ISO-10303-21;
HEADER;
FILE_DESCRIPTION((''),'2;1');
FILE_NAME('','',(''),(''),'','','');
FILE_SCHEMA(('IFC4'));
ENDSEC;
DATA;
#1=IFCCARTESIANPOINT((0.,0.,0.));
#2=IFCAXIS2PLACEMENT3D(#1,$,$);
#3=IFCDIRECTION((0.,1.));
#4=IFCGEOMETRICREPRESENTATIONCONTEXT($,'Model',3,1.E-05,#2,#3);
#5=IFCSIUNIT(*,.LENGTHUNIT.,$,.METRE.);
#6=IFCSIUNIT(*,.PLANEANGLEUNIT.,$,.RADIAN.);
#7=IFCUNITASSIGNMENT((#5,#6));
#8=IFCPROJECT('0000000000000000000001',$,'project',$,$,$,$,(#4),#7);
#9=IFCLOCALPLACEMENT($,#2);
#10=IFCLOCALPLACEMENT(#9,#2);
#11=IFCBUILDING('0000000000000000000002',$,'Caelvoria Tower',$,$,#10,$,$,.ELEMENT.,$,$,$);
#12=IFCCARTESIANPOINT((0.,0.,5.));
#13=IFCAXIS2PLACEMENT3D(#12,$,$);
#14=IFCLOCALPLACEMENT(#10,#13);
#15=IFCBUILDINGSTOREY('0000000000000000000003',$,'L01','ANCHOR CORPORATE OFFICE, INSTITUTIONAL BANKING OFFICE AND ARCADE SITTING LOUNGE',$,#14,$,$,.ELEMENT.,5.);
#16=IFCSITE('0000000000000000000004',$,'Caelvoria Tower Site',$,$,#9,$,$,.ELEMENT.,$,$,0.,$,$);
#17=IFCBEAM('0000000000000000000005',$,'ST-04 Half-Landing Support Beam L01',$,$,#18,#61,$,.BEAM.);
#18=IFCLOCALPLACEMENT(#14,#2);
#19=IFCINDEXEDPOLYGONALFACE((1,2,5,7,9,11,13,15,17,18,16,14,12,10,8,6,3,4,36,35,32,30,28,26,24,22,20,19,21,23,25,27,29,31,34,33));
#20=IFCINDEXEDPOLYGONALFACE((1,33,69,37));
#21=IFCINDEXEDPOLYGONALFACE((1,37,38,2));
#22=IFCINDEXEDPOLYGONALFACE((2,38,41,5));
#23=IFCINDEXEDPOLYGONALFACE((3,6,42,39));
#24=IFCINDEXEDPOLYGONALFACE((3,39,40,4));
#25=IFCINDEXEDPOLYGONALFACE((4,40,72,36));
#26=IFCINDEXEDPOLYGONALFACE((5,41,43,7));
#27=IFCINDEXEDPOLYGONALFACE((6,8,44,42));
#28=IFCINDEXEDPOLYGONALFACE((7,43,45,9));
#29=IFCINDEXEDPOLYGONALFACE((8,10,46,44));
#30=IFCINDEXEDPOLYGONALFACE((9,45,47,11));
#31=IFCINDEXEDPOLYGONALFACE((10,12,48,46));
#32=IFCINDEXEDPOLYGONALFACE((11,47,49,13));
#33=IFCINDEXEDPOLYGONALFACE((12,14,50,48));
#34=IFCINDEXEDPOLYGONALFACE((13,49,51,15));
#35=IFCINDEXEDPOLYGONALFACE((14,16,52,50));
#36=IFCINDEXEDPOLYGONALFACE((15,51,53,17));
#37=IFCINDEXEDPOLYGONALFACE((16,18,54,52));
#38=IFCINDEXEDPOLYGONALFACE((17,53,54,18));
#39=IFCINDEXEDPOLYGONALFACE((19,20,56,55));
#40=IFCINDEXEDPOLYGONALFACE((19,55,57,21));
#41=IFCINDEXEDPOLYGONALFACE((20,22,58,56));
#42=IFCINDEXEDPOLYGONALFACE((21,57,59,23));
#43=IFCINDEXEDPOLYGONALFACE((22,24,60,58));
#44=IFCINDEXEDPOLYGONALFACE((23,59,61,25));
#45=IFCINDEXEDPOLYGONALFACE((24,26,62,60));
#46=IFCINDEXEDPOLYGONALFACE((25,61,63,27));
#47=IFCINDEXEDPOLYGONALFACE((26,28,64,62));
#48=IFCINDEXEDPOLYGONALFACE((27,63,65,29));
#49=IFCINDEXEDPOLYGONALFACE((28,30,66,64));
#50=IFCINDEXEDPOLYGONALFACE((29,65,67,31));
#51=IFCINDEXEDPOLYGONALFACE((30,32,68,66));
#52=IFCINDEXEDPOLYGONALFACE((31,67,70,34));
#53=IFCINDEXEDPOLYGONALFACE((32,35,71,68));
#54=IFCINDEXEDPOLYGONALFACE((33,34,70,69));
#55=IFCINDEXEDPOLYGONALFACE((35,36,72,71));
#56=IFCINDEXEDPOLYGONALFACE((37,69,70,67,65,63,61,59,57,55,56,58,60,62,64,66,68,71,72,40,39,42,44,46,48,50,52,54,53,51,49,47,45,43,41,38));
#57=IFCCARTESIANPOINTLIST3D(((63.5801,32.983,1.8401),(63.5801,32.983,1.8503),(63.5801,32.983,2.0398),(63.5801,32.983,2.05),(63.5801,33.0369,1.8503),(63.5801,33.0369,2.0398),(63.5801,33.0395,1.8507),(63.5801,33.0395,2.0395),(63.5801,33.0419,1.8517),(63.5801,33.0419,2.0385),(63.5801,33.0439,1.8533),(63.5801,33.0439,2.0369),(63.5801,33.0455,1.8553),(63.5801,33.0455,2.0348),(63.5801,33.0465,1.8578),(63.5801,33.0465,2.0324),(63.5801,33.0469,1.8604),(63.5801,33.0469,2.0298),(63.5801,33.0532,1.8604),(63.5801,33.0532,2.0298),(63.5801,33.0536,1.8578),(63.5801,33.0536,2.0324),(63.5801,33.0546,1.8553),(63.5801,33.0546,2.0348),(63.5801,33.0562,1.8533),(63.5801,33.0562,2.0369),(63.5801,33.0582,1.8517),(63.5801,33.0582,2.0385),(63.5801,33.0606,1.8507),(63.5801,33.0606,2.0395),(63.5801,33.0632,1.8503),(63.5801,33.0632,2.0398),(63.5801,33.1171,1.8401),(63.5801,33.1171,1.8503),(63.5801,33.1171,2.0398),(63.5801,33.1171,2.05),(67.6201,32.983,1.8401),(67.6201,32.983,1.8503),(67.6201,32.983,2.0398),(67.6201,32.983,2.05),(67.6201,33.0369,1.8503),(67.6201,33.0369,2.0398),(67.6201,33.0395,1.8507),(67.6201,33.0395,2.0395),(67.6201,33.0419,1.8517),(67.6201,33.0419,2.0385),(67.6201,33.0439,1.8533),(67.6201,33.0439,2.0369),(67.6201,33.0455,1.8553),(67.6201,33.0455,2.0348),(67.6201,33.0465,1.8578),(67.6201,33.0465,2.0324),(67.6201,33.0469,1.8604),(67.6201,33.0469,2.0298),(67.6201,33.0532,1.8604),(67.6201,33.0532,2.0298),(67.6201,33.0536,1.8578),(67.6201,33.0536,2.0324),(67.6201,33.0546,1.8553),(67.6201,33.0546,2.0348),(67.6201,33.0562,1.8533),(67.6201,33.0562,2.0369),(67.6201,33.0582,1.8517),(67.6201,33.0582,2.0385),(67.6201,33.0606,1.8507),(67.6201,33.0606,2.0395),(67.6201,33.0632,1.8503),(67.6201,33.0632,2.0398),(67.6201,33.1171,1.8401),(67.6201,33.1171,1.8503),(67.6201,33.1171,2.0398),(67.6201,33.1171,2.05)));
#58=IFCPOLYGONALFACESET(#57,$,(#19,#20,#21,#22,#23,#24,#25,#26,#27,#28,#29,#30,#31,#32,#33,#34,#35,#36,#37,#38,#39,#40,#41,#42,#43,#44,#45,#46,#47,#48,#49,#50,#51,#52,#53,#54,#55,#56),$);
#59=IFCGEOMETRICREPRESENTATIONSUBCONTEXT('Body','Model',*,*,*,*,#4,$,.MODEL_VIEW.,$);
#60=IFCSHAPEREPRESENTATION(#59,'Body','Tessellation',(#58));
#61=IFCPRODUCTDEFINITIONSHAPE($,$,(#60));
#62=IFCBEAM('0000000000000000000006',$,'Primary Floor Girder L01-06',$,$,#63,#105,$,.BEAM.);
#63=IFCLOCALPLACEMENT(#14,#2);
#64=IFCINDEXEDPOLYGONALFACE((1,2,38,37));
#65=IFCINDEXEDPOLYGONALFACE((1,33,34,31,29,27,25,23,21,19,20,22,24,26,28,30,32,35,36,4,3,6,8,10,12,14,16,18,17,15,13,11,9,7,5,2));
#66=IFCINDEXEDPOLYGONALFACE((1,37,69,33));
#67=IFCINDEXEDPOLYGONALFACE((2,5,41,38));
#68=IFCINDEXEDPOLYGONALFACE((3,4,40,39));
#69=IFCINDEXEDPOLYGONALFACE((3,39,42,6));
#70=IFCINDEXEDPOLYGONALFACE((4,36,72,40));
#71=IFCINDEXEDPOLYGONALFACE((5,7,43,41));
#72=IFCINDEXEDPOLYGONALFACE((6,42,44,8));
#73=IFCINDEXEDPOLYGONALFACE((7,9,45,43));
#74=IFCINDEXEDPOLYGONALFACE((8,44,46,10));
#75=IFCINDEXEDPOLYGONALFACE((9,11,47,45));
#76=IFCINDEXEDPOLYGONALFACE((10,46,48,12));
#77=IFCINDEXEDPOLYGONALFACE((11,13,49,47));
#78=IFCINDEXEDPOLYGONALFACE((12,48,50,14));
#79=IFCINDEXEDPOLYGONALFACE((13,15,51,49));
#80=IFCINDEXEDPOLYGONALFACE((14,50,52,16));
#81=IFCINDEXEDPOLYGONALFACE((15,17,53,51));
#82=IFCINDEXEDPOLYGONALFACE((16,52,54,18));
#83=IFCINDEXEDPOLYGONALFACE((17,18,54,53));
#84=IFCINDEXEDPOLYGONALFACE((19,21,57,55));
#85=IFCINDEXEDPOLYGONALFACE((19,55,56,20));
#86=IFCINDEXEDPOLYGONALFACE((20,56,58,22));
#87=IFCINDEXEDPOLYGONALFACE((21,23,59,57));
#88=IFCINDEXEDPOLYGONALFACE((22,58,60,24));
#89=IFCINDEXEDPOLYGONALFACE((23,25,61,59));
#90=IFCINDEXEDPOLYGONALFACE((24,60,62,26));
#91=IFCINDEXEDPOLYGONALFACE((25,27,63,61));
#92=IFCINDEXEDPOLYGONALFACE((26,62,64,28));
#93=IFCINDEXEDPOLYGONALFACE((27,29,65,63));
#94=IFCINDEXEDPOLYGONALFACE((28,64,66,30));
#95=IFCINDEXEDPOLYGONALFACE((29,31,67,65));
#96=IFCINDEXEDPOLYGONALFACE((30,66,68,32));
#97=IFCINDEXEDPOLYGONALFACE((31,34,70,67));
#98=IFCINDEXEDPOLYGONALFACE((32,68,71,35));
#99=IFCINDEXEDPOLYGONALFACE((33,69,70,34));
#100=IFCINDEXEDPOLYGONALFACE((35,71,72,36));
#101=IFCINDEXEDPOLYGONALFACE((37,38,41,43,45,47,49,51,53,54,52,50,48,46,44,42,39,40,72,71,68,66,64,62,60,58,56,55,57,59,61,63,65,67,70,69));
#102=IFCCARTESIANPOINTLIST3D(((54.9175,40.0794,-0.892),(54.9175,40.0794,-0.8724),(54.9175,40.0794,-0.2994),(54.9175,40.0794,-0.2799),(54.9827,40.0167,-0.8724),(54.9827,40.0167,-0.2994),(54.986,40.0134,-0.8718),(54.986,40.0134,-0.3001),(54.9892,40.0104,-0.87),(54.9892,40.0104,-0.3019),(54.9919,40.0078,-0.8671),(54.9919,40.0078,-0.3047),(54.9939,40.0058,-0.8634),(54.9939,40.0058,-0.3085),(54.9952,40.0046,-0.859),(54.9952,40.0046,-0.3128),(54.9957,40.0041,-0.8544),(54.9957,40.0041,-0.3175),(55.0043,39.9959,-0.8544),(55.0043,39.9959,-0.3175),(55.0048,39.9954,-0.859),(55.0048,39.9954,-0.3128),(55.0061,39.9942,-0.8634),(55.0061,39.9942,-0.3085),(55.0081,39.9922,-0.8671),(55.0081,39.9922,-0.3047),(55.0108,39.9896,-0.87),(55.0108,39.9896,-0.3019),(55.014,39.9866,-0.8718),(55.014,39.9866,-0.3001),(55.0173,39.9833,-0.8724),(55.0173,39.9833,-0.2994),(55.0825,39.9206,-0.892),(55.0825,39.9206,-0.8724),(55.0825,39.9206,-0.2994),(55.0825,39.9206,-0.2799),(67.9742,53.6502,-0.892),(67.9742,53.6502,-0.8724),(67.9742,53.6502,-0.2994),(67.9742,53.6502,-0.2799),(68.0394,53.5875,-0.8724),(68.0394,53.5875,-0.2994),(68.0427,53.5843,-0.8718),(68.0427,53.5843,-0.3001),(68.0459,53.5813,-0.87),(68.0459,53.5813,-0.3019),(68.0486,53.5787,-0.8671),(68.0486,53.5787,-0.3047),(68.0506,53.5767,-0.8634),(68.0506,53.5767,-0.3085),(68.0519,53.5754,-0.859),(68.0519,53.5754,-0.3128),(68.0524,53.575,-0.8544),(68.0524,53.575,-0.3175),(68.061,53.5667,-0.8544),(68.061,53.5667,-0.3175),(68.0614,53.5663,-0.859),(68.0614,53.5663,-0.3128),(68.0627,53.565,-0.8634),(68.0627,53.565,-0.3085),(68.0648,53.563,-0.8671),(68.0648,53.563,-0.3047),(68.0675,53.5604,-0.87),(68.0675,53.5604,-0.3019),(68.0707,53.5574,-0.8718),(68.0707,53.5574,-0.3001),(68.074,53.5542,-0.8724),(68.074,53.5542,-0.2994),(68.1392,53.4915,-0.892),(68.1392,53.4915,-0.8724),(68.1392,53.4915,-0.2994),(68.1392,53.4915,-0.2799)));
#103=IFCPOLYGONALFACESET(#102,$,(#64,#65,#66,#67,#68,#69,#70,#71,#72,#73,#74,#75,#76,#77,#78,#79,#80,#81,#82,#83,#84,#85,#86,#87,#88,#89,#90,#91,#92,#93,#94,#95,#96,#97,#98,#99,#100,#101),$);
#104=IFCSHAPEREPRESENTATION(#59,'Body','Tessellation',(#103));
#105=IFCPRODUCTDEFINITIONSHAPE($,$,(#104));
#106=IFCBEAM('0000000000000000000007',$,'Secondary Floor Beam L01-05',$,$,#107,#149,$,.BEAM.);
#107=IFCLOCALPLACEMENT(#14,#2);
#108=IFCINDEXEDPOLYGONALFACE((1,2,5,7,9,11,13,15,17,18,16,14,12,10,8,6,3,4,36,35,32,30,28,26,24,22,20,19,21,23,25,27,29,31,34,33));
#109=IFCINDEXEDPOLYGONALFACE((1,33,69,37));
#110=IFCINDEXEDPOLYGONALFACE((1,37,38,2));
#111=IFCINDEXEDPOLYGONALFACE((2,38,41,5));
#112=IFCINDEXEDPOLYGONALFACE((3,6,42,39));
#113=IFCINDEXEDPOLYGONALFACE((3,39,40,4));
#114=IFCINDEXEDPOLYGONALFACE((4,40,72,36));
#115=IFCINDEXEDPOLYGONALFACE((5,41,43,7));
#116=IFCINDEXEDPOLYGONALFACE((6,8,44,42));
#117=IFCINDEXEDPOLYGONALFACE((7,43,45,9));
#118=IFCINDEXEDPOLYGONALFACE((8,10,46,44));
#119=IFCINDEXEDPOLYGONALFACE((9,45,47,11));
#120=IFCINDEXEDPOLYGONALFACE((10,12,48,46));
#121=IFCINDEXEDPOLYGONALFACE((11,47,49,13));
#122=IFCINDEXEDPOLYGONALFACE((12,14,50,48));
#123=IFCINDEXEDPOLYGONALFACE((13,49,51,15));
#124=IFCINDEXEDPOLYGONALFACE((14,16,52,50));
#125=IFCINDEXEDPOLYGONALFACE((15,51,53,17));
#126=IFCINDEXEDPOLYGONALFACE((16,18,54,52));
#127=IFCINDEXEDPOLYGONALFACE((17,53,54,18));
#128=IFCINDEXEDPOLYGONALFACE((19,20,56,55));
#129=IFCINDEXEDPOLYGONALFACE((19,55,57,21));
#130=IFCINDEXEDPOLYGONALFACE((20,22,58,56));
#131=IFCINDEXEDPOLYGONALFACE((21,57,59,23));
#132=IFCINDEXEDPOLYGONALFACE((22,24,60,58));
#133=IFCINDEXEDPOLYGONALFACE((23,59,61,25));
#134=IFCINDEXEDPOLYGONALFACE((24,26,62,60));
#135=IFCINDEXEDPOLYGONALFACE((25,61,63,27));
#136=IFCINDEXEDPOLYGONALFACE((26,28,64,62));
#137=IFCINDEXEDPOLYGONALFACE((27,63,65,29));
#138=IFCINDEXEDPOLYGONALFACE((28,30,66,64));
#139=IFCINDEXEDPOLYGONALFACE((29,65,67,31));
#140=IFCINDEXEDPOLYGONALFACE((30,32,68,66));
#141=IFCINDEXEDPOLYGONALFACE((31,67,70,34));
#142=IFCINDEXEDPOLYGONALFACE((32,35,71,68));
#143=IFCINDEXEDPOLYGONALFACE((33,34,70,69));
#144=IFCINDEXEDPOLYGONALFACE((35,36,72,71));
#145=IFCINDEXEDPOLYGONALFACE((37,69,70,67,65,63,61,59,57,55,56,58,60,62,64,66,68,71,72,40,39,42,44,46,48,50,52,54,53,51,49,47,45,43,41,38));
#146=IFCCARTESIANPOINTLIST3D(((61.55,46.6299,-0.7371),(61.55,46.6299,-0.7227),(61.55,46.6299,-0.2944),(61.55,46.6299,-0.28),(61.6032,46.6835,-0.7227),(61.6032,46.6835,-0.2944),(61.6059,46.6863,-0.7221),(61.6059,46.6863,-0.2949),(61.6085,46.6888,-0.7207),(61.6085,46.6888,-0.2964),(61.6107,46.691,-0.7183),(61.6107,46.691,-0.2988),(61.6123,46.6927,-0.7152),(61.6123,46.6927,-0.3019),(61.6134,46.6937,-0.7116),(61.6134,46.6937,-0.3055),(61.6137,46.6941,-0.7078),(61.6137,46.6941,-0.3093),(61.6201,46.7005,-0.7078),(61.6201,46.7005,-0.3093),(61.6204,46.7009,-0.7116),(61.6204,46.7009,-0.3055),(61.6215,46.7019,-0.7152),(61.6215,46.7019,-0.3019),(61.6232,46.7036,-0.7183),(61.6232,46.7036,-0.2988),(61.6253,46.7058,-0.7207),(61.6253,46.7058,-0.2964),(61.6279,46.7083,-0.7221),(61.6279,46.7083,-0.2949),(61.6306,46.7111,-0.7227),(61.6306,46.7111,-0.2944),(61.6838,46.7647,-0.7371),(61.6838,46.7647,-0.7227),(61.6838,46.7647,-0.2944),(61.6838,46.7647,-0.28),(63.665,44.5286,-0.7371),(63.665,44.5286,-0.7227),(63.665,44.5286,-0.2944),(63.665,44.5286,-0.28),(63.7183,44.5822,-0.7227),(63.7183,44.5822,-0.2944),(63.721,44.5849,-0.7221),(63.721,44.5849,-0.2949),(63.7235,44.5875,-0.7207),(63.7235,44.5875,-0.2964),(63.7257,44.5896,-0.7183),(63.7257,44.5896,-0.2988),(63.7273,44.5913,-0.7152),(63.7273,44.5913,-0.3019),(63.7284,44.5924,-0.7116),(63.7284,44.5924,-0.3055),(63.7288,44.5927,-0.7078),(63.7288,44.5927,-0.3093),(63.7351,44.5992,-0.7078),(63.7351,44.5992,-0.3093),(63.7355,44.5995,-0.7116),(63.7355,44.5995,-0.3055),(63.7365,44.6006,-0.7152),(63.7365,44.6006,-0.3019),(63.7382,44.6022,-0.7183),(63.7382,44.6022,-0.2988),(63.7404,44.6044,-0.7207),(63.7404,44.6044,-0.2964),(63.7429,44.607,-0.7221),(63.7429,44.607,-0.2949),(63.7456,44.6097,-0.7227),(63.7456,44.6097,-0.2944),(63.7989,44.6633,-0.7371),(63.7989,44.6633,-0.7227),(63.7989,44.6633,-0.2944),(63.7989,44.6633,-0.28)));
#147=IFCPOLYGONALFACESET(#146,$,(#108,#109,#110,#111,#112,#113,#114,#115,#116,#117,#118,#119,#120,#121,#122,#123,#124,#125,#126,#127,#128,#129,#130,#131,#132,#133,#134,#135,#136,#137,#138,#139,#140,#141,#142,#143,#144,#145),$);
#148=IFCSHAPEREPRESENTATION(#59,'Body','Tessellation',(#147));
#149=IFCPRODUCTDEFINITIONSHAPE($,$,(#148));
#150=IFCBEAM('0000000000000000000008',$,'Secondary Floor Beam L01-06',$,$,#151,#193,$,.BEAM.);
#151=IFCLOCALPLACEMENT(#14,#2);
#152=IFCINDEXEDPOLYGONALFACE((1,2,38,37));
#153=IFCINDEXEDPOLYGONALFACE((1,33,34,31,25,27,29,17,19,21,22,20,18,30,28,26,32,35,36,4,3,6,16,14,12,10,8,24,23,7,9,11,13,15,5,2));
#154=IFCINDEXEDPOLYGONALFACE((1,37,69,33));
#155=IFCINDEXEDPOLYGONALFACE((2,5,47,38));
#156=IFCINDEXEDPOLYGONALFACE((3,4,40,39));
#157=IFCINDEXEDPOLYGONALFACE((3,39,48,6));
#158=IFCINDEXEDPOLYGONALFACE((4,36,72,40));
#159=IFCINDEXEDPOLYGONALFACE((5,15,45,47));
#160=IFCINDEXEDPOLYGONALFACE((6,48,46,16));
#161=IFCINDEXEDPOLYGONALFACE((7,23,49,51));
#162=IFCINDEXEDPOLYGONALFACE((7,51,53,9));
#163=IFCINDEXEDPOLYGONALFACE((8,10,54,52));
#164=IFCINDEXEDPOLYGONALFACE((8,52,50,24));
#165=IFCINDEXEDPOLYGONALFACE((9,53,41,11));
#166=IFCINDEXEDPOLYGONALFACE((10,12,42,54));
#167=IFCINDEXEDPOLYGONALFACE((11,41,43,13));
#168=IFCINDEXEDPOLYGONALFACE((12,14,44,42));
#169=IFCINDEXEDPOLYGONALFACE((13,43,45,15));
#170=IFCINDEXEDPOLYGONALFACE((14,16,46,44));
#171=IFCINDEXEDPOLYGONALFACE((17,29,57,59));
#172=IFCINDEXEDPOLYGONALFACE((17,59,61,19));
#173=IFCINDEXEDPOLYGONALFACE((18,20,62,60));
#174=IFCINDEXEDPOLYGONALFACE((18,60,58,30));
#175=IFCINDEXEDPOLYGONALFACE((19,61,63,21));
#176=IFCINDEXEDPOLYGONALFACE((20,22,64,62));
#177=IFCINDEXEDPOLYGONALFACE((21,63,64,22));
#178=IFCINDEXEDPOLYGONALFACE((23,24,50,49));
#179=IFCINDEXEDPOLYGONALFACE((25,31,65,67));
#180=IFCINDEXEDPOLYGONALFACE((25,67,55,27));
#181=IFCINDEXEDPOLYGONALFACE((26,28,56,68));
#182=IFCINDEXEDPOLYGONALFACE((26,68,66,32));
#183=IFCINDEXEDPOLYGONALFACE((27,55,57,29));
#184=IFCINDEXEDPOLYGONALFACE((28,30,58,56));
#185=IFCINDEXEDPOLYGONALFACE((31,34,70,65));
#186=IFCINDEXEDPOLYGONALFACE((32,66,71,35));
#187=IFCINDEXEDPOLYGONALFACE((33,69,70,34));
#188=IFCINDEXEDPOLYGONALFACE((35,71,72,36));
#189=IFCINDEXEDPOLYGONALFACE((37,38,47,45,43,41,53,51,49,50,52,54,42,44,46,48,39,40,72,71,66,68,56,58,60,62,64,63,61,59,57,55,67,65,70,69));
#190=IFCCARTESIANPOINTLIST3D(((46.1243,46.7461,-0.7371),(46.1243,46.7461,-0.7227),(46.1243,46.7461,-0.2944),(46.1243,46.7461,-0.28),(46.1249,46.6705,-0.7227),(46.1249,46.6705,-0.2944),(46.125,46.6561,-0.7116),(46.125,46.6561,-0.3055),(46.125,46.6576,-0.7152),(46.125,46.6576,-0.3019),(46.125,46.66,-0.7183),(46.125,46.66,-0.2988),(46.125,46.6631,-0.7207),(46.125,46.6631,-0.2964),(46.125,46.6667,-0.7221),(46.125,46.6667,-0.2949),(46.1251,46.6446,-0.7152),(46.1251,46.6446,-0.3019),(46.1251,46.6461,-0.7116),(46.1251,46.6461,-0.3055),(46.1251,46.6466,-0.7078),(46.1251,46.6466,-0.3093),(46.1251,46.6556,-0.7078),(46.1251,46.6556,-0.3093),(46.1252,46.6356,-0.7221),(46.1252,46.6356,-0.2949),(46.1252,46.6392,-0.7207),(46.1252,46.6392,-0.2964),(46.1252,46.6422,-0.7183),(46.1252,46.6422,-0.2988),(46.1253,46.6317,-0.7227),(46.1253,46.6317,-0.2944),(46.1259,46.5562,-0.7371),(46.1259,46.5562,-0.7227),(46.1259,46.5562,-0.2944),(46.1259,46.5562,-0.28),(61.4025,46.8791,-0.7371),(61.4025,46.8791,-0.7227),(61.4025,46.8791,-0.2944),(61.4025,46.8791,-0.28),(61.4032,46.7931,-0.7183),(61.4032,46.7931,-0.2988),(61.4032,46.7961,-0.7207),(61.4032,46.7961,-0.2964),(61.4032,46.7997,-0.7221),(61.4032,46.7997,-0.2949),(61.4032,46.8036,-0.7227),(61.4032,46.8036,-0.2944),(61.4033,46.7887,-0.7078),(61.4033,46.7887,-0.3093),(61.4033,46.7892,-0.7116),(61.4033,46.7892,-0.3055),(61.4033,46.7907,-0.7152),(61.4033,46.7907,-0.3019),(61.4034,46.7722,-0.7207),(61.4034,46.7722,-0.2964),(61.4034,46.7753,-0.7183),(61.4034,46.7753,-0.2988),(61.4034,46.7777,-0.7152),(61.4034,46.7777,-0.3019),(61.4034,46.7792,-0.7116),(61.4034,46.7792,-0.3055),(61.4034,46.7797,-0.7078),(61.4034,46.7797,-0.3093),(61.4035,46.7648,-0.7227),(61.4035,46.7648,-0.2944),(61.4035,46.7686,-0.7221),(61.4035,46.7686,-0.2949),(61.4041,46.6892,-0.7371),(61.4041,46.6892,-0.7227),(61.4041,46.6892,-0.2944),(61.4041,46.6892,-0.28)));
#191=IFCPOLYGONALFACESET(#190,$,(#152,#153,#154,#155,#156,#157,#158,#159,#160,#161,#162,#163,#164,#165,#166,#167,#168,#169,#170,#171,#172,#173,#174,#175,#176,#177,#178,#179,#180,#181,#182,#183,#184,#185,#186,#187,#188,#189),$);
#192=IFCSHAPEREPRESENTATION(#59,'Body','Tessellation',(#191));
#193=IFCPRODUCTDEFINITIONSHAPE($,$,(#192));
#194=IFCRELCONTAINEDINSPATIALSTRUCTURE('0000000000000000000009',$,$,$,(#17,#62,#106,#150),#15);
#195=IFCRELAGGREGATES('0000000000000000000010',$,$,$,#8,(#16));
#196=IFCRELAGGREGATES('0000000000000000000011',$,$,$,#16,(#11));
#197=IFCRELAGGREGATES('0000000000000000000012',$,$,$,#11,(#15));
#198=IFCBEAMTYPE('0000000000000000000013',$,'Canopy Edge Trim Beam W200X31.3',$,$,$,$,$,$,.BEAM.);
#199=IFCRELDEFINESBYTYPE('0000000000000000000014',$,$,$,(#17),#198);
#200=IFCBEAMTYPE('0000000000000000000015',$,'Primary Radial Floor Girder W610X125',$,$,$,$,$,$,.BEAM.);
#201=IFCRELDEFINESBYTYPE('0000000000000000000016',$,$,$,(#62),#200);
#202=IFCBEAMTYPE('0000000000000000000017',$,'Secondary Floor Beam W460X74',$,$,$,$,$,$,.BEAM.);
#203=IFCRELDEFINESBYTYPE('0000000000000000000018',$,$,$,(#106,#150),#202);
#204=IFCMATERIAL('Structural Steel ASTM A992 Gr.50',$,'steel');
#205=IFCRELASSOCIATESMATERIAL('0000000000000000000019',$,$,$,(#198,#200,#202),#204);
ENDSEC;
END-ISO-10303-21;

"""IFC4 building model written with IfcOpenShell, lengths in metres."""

from ifc_helpers import new_model, si_unit, direction, frame, origin, origin_2d, place, context, subcontext, project, spatial, i_section, extrude, material, material_profile, profile_set, type_object, element, save


model = new_model("IFC4")

# Units and contexts
model_context = context("Model", 3, precision=1e-05, world=origin(), true_north=direction((0.0, 1.0)))
body_context = subcontext(model_context, "Body", "Model", "MODEL_VIEW")
ifc_project = project(units=[si_unit("LENGTHUNIT", "METRE"), si_unit("PLANEANGLEUNIT", "RADIAN")], contexts=[model_context])

# Site, building, storey
site_placement = place(None, origin())
site = spatial("IfcSite", under=ifc_project, at=site_placement, Name="Caelvoria Tower Site", CompositionType="ELEMENT", RefElevation=0.0)
building_placement = place(site_placement, origin())
building = spatial("IfcBuilding", under=site, at=building_placement, Name="Caelvoria Tower", CompositionType="ELEMENT")
storey_placement = place(building_placement, frame((0.0, 0.0, 5.0)))
storey = spatial("IfcBuildingStorey", under=building, at=storey_placement, Name="L01", Description="ANCHOR CORPORATE OFFICE, INSTITUTIONAL BANKING OFFICE AND ARCADE SITTING LOUNGE", CompositionType="ELEMENT", Elevation=5.0)

# Beams
ifc_material_1 = material(Name="Structural Steel ASTM A992 Gr.50", Category="steel")
ifc_material_profile_1 = material_profile(ifc_material_1, i_section(OverallWidth=0.134, OverallDepth=0.21, WebThickness=0.0063, FlangeThickness=0.0103, FilletRadius=0.01, at=origin_2d()), Name="Structural Steel ASTM A992 Gr.50")
ifc_profile_set_1 = profile_set([ifc_material_profile_1], Name="W200X31.3 - Structural Steel ASTM A992 Gr.50")
beam_type_1 = type_object("IfcBeamType", Name="Canopy Edge Trim Beam W200X31.3", PredefinedType="BEAM", material=ifc_profile_set_1)
beam_1_placement = place(storey_placement, frame((63.5801, 33.05, 1.9451), z_axis=(1.0, 0.0, 0.0), x_axis=(0.0, 1.0, 0.0)))
element("IfcBeam", 1, at=beam_1_placement, inside=storey, type_object=beam_type_1, Name="ST-04 Half-Landing Support Beam L01", PredefinedType="BEAM", context=body_context, shape_type="SweptSolid", body=[
    extrude(i_section(OverallWidth=0.134, OverallDepth=0.21, WebThickness=0.0063, FlangeThickness=0.0103, FilletRadius=0.01, at=origin_2d()), origin(), (0.0, 0.0, 1.0), 4.04),
])
ifc_material_profile_2 = material_profile(ifc_material_1, i_section(OverallWidth=0.229, OverallDepth=0.6121, WebThickness=0.012, FlangeThickness=0.0195, FilletRadius=0.0181, at=origin_2d()), Name="Structural Steel ASTM A992 Gr.50")
ifc_profile_set_2 = profile_set([ifc_material_profile_2], Name="W610X125 - Structural Steel ASTM A992 Gr.50")
beam_type_2 = type_object("IfcBeamType", Name="Primary Radial Floor Girder W610X125", PredefinedType="BEAM", material=ifc_profile_set_2)
beam_2_placement = place(storey_placement, frame((55.0, 40.0, -0.5859), z_axis=(0.693324, 0.720626, 0.0), x_axis=(-0.720626, 0.693324, 0.0)))
element("IfcBeam", 2, at=beam_2_placement, inside=storey, type_object=beam_type_2, Name="Primary Floor Girder L01-06", PredefinedType="BEAM", context=body_context, shape_type="SweptSolid", body=[
    extrude(i_section(OverallWidth=0.229, OverallDepth=0.6121, WebThickness=0.012, FlangeThickness=0.0195, FilletRadius=0.0181, at=origin_2d()), origin(), (0.0, 0.0, 1.0), 18.832),
])
ifc_material_profile_3 = material_profile(ifc_material_1, i_section(OverallWidth=0.1899, OverallDepth=0.457, WebThickness=0.009, FlangeThickness=0.0144, FilletRadius=0.0149, at=origin_2d()), Name="Structural Steel ASTM A992 Gr.50")
ifc_profile_set_3 = profile_set([ifc_material_profile_3], Name="W460X74 - Structural Steel ASTM A992 Gr.50")
beam_type_3 = type_object("IfcBeamType", Name="Secondary Floor Beam W460X74", PredefinedType="BEAM", material=ifc_profile_set_3)
beam_3_placement = place(storey_placement, frame((63.7319, 44.5959, -0.5085), z_axis=(-0.709396, 0.70481, 0.0), x_axis=(-0.70481, -0.709396, 0.0)))
element("IfcBeam", 3, at=beam_3_placement, inside=storey, type_object=beam_type_3, Name="Secondary Floor Beam L01-05", PredefinedType="BEAM", context=body_context, shape_type="SweptSolid", body=[
    extrude(i_section(OverallWidth=0.1899, OverallDepth=0.457, WebThickness=0.009, FlangeThickness=0.0144, FilletRadius=0.0149, at=origin_2d()), origin(), (0.0, 0.0, 1.0), 2.9814),
])
beam_4_placement = place(storey_placement, frame((61.4033, 46.7842, -0.5085), z_axis=(-0.999962, -0.008709, 0.0), x_axis=(0.008709, -0.999962, 0.0)))
element("IfcBeam", 4, at=beam_4_placement, inside=storey, type_object=beam_type_3, Name="Secondary Floor Beam L01-06", PredefinedType="BEAM", context=body_context, shape_type="SweptSolid", body=[
    extrude(i_section(OverallWidth=0.1899, OverallDepth=0.457, WebThickness=0.009, FlangeThickness=0.0144, FilletRadius=0.0149, at=origin_2d()), origin(), (0.0, 0.0, 1.0), 15.2788),
])

save(model, "model.ifc")
